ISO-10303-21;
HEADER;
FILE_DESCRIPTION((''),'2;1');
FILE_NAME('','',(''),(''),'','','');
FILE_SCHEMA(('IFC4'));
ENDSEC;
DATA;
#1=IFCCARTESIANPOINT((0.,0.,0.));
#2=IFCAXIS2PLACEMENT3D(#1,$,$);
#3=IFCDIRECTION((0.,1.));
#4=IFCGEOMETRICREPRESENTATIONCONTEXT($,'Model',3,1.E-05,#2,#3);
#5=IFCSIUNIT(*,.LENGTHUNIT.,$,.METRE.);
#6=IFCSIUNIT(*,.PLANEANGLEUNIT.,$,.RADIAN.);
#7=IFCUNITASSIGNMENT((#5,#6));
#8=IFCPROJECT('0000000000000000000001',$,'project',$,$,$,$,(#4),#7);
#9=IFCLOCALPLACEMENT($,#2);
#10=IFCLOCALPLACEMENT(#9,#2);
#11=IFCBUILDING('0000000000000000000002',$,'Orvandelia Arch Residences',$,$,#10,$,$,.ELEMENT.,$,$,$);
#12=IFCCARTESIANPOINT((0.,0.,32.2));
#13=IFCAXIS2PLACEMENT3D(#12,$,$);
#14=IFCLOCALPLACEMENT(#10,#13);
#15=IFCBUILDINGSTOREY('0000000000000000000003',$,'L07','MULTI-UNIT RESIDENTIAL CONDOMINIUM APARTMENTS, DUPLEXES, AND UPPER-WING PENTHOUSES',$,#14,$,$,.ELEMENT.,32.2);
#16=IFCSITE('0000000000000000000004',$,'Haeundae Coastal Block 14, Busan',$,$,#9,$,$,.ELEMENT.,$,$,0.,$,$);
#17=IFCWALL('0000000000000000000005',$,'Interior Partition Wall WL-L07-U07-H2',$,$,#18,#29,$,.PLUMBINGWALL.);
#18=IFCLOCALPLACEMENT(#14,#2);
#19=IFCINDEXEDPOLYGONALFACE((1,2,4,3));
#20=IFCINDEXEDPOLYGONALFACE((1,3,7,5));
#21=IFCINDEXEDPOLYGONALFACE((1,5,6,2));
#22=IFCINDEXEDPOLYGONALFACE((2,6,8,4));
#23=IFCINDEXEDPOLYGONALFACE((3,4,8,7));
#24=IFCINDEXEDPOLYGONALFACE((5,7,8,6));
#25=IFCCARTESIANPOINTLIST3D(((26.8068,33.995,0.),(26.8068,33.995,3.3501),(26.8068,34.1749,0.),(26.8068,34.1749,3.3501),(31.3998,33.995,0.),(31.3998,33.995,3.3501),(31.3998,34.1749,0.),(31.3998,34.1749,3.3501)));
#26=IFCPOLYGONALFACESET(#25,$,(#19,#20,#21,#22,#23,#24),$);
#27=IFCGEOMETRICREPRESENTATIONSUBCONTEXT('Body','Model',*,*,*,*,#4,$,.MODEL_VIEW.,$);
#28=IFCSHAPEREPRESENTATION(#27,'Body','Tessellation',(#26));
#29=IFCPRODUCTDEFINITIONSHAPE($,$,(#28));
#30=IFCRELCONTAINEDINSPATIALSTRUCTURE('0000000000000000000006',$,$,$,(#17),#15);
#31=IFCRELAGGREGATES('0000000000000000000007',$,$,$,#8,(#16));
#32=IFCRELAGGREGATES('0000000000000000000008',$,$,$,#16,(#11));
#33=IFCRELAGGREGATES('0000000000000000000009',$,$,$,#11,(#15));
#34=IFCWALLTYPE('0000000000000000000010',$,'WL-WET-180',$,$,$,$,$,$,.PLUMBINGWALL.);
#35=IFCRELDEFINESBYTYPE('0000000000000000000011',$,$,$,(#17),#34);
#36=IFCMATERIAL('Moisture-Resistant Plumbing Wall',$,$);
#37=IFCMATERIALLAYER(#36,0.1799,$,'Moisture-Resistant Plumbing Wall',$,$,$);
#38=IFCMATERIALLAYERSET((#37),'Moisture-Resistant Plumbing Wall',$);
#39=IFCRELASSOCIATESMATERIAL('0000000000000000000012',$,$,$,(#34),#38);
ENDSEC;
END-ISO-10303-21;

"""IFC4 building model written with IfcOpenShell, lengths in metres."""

from ifc_helpers import new_model, si_unit, direction, frame, frame_2d, origin, place, context, subcontext, project, spatial, rectangle, extrude, material, layer, layer_set, type_object, element, save


model = new_model("IFC4")

# Units and contexts
model_context = context("Model", 3, precision=1e-05, world=origin(), true_north=direction((0.0, 1.0)))
body_context = subcontext(model_context, "Body", "Model", "MODEL_VIEW")
ifc_project = project(units=[si_unit("LENGTHUNIT", "METRE"), si_unit("PLANEANGLEUNIT", "RADIAN")], contexts=[model_context])

# Site, building, storey
site_placement = place(None, origin())
site = spatial("IfcSite", under=ifc_project, at=site_placement, Name="Haeundae Coastal Block 14, Busan", CompositionType="ELEMENT", RefElevation=0.0)
building_placement = place(site_placement, origin())
building = spatial("IfcBuilding", under=site, at=building_placement, Name="Orvandelia Arch Residences", CompositionType="ELEMENT")
storey_placement = place(building_placement, frame((0.0, 0.0, 32.2)))
storey = spatial("IfcBuildingStorey", under=building, at=storey_placement, Name="L07", Description="MULTI-UNIT RESIDENTIAL CONDOMINIUM APARTMENTS, DUPLEXES, AND UPPER-WING PENTHOUSES", CompositionType="ELEMENT", Elevation=32.2)

# Shared definitions
ifc_material_1 = material(Name="Moisture-Resistant Plumbing Wall")
ifc_layer_1 = layer(ifc_material_1, 0.1799, Name="Moisture-Resistant Plumbing Wall")
ifc_layer_set_1 = layer_set([ifc_layer_1], Name="Moisture-Resistant Plumbing Wall")
wall_type_1 = type_object("IfcWallType", Name="WL-WET-180", PredefinedType="PLUMBINGWALL", material=ifc_layer_set_1)

# Wall
wall_1_placement = place(storey_placement, frame((26.8069, 34.085, 0.0), z_axis=(0.0, 0.0, 1.0), x_axis=(1.0, 0.0, 0.0)))
element("IfcWall", 1, at=wall_1_placement, inside=storey, type_object=wall_type_1, Name="Interior Partition Wall WL-L07-U07-H2", PredefinedType="PLUMBINGWALL", context=body_context, shape_type="SweptSolid", body=[
    extrude(rectangle(XDim=4.593, YDim=0.1799, at=frame_2d((2.2964, 0.0))), origin(), (0.0, 0.0, 1.0), 3.3501),
])

save(model, "model.ifc")
